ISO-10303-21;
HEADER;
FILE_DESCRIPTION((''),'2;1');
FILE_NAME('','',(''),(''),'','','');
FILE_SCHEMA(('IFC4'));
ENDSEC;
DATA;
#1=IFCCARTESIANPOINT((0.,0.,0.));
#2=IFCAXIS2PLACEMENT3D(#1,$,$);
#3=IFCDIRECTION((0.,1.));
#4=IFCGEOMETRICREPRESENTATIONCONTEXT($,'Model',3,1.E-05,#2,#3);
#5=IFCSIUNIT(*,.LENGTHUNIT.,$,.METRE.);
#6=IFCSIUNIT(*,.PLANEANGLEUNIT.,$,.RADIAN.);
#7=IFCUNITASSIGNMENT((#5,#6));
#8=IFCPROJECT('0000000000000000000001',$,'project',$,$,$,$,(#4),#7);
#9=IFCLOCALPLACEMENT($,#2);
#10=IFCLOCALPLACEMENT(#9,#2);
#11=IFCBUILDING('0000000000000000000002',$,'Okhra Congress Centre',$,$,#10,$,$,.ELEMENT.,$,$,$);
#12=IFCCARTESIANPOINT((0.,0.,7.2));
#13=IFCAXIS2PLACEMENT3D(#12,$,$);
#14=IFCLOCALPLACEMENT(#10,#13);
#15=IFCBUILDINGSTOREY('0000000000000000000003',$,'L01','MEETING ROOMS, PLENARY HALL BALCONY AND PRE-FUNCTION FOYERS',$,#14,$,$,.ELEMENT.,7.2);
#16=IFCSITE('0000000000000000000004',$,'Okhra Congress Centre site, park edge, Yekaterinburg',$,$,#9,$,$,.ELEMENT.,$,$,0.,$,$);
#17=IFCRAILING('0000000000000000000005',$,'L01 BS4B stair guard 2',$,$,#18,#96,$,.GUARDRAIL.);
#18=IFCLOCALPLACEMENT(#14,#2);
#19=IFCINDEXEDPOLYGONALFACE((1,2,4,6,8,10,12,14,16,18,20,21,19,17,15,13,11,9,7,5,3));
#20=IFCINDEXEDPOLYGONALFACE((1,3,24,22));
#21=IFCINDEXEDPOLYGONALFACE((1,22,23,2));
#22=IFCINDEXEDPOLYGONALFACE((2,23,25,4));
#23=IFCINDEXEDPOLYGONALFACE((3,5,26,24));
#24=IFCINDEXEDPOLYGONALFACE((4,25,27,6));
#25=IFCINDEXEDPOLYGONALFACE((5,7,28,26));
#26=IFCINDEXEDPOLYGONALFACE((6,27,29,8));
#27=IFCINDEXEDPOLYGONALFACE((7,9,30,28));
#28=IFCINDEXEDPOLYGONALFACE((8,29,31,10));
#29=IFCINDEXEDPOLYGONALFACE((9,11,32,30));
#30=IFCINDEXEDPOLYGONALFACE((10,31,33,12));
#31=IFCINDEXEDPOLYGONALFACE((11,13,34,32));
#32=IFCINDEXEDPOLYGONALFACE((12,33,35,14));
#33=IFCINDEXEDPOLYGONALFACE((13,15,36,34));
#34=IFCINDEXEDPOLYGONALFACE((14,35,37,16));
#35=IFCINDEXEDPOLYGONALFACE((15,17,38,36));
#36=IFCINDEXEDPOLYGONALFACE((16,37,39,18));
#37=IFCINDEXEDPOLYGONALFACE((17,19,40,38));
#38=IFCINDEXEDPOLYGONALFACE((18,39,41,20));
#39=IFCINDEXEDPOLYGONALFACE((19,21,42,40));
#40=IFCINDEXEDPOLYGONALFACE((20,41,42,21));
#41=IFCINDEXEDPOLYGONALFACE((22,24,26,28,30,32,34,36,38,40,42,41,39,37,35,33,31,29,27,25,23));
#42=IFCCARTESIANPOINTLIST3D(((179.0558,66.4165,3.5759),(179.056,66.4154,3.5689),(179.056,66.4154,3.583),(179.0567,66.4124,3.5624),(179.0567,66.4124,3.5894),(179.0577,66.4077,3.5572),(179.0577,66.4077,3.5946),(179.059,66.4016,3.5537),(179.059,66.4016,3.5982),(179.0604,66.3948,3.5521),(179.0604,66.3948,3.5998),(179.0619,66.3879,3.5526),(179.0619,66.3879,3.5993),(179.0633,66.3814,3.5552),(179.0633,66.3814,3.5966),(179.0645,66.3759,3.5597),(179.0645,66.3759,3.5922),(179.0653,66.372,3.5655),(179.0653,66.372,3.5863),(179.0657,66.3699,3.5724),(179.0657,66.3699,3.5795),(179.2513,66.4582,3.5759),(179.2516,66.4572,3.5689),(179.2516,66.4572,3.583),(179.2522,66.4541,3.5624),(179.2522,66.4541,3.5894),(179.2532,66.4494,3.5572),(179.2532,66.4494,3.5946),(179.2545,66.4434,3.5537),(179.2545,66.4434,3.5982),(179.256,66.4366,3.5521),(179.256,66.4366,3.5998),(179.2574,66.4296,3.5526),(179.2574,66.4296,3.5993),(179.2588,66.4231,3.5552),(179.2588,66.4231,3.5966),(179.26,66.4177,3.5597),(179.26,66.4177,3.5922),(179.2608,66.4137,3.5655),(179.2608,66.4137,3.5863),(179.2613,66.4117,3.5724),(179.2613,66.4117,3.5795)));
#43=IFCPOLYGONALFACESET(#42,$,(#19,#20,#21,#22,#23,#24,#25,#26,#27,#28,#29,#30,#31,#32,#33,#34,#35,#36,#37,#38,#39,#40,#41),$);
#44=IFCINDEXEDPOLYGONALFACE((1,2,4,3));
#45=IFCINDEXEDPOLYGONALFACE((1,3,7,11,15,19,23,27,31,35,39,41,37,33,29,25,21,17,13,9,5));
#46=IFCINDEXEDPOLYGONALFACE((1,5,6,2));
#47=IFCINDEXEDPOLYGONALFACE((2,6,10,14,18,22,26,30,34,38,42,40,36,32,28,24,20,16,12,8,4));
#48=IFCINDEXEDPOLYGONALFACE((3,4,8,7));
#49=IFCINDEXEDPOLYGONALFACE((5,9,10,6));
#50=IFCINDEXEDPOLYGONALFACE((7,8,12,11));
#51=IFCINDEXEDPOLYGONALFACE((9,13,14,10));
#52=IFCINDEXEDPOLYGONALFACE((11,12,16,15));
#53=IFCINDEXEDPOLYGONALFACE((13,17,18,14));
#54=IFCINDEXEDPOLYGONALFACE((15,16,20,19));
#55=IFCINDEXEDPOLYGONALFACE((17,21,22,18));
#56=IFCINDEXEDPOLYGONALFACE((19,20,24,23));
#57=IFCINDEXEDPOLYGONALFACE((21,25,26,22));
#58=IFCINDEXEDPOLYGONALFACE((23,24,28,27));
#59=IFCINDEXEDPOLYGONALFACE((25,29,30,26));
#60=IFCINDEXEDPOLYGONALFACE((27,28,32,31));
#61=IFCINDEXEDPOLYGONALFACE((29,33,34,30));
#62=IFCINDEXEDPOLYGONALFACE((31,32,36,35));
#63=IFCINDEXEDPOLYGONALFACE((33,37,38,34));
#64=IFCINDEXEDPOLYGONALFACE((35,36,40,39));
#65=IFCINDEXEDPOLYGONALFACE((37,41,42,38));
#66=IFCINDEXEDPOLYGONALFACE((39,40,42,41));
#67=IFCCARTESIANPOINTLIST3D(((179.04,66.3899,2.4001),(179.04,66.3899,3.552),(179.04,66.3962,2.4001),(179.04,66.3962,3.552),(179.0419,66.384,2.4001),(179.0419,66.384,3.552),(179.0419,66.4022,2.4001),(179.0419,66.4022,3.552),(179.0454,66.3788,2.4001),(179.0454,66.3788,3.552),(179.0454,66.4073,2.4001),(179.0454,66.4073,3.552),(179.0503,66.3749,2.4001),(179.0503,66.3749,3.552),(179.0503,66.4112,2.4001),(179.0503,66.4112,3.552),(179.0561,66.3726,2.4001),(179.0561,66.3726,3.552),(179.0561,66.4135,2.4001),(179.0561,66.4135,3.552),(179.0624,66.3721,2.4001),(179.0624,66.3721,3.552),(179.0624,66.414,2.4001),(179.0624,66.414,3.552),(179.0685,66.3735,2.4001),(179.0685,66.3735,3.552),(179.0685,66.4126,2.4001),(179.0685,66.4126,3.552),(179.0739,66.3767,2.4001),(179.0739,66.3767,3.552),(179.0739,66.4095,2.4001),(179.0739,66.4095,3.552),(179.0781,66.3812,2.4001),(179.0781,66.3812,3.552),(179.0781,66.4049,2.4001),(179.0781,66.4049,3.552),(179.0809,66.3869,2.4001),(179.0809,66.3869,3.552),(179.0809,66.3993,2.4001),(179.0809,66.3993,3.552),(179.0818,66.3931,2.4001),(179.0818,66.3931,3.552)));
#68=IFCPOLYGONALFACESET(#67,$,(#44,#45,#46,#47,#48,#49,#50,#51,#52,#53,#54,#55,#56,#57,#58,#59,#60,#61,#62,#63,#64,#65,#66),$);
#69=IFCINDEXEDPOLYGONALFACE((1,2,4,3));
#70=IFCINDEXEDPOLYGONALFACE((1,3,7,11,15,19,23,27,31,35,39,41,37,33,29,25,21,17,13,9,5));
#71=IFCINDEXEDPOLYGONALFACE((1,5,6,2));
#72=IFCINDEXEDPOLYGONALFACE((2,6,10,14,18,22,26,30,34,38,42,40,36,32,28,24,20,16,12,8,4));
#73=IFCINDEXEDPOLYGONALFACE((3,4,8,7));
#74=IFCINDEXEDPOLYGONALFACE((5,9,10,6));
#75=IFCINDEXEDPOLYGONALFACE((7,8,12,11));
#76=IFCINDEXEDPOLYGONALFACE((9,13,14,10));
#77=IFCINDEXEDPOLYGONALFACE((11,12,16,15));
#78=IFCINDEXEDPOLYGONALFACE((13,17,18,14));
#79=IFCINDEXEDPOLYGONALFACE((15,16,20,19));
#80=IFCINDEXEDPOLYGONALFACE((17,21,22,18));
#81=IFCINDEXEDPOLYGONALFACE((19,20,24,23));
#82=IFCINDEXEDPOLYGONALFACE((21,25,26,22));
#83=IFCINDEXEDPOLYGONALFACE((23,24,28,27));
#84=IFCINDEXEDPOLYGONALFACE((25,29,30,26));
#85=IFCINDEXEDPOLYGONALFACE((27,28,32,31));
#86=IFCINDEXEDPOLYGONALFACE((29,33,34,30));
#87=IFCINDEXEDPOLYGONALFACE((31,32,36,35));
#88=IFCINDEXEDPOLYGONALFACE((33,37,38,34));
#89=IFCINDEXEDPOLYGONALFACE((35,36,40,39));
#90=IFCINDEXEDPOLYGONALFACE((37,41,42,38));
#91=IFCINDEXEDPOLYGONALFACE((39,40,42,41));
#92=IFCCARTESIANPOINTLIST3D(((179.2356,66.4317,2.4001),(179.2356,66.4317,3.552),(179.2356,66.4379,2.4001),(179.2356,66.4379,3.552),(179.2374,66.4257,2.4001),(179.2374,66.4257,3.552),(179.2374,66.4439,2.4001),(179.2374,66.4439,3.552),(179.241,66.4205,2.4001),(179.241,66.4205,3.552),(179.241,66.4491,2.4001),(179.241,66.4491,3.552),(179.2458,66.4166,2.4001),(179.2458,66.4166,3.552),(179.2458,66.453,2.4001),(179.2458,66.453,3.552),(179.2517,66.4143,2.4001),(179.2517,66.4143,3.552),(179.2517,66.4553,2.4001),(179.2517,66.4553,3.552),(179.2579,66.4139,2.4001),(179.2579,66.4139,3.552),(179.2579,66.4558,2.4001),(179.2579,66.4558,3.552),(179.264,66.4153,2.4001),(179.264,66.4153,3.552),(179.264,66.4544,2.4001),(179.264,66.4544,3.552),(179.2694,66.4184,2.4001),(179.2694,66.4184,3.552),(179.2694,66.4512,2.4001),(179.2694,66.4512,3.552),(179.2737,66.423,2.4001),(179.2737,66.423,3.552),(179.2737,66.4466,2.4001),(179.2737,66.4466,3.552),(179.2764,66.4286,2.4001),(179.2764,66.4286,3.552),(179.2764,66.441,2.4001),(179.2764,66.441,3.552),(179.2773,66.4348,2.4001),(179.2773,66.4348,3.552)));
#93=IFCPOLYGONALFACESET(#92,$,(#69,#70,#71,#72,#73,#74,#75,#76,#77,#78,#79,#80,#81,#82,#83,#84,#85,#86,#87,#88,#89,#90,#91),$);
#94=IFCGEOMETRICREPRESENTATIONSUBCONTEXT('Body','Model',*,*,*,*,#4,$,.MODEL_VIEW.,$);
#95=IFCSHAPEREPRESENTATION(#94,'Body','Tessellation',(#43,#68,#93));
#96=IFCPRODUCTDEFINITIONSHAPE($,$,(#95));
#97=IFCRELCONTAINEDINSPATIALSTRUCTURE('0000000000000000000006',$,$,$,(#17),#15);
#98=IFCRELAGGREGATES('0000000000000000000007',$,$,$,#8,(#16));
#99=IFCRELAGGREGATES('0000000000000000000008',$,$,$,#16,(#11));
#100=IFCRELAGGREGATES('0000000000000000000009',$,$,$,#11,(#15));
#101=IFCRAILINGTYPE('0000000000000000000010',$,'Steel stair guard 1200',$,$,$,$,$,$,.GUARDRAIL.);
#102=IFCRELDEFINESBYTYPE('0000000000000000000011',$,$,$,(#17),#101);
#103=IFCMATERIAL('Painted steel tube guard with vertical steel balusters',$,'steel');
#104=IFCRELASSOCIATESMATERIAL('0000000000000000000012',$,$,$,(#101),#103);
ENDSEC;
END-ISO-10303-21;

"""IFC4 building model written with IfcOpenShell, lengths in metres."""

from ifc_helpers import new_model, si_unit, direction, frame, origin, origin_2d, place, context, subcontext, project, spatial, circle, extrude, material, type_object, element, save


model = new_model("IFC4")

# Units and contexts
model_context = context("Model", 3, precision=1e-05, world=origin(), true_north=direction((0.0, 1.0)))
body_context = subcontext(model_context, "Body", "Model", "MODEL_VIEW")
ifc_project = project(units=[si_unit("LENGTHUNIT", "METRE"), si_unit("PLANEANGLEUNIT", "RADIAN")], contexts=[model_context])

# Site, building, storey
site_placement = place(None, origin())
site = spatial("IfcSite", under=ifc_project, at=site_placement, Name="Okhra Congress Centre site, park edge, Yekaterinburg", CompositionType="ELEMENT", RefElevation=0.0)
building_placement = place(site_placement, origin())
building = spatial("IfcBuilding", under=site, at=building_placement, Name="Okhra Congress Centre", CompositionType="ELEMENT")
storey_placement = place(building_placement, frame((0.0, 0.0, 7.2)))
storey = spatial("IfcBuildingStorey", under=building, at=storey_placement, Name="L01", Description="MEETING ROOMS, PLENARY HALL BALCONY AND PRE-FUNCTION FOYERS", CompositionType="ELEMENT", Elevation=7.2)

# Railing
ifc_material_1 = material(Name="Painted steel tube guard with vertical steel balusters", Category="steel")
railing_type_1 = type_object("IfcRailingType", Name="Steel stair guard 1200", PredefinedType="GUARDRAIL", material=ifc_material_1)
railing_1_placement = place(storey_placement, frame((179.0608, 66.3931, 2.4001)))
element("IfcRailing", 1, at=railing_1_placement, inside=storey, type_object=railing_type_1, Name="L01 BS4B stair guard 2", PredefinedType="GUARDRAIL", context=body_context, shape_type="SweptSolid", body=[
    extrude(circle(Radius=0.0239, at=origin_2d()), frame((0.0, 0.0, 1.1758), z_axis=(0.977963, 0.208779, 0.0), x_axis=(-0.208779, 0.977963, 0.0)), (0.0, 0.0, 1.0), 0.2),
    extrude(circle(Radius=0.021, at=origin_2d()), origin(), (0.0, 0.0, 1.0), 1.1519),
    extrude(circle(Radius=0.021, at=origin_2d()), frame((0.1956, 0.0417, 0.0)), (0.0, 0.0, 1.0), 1.1519),
])

save(model, "model.ifc")
